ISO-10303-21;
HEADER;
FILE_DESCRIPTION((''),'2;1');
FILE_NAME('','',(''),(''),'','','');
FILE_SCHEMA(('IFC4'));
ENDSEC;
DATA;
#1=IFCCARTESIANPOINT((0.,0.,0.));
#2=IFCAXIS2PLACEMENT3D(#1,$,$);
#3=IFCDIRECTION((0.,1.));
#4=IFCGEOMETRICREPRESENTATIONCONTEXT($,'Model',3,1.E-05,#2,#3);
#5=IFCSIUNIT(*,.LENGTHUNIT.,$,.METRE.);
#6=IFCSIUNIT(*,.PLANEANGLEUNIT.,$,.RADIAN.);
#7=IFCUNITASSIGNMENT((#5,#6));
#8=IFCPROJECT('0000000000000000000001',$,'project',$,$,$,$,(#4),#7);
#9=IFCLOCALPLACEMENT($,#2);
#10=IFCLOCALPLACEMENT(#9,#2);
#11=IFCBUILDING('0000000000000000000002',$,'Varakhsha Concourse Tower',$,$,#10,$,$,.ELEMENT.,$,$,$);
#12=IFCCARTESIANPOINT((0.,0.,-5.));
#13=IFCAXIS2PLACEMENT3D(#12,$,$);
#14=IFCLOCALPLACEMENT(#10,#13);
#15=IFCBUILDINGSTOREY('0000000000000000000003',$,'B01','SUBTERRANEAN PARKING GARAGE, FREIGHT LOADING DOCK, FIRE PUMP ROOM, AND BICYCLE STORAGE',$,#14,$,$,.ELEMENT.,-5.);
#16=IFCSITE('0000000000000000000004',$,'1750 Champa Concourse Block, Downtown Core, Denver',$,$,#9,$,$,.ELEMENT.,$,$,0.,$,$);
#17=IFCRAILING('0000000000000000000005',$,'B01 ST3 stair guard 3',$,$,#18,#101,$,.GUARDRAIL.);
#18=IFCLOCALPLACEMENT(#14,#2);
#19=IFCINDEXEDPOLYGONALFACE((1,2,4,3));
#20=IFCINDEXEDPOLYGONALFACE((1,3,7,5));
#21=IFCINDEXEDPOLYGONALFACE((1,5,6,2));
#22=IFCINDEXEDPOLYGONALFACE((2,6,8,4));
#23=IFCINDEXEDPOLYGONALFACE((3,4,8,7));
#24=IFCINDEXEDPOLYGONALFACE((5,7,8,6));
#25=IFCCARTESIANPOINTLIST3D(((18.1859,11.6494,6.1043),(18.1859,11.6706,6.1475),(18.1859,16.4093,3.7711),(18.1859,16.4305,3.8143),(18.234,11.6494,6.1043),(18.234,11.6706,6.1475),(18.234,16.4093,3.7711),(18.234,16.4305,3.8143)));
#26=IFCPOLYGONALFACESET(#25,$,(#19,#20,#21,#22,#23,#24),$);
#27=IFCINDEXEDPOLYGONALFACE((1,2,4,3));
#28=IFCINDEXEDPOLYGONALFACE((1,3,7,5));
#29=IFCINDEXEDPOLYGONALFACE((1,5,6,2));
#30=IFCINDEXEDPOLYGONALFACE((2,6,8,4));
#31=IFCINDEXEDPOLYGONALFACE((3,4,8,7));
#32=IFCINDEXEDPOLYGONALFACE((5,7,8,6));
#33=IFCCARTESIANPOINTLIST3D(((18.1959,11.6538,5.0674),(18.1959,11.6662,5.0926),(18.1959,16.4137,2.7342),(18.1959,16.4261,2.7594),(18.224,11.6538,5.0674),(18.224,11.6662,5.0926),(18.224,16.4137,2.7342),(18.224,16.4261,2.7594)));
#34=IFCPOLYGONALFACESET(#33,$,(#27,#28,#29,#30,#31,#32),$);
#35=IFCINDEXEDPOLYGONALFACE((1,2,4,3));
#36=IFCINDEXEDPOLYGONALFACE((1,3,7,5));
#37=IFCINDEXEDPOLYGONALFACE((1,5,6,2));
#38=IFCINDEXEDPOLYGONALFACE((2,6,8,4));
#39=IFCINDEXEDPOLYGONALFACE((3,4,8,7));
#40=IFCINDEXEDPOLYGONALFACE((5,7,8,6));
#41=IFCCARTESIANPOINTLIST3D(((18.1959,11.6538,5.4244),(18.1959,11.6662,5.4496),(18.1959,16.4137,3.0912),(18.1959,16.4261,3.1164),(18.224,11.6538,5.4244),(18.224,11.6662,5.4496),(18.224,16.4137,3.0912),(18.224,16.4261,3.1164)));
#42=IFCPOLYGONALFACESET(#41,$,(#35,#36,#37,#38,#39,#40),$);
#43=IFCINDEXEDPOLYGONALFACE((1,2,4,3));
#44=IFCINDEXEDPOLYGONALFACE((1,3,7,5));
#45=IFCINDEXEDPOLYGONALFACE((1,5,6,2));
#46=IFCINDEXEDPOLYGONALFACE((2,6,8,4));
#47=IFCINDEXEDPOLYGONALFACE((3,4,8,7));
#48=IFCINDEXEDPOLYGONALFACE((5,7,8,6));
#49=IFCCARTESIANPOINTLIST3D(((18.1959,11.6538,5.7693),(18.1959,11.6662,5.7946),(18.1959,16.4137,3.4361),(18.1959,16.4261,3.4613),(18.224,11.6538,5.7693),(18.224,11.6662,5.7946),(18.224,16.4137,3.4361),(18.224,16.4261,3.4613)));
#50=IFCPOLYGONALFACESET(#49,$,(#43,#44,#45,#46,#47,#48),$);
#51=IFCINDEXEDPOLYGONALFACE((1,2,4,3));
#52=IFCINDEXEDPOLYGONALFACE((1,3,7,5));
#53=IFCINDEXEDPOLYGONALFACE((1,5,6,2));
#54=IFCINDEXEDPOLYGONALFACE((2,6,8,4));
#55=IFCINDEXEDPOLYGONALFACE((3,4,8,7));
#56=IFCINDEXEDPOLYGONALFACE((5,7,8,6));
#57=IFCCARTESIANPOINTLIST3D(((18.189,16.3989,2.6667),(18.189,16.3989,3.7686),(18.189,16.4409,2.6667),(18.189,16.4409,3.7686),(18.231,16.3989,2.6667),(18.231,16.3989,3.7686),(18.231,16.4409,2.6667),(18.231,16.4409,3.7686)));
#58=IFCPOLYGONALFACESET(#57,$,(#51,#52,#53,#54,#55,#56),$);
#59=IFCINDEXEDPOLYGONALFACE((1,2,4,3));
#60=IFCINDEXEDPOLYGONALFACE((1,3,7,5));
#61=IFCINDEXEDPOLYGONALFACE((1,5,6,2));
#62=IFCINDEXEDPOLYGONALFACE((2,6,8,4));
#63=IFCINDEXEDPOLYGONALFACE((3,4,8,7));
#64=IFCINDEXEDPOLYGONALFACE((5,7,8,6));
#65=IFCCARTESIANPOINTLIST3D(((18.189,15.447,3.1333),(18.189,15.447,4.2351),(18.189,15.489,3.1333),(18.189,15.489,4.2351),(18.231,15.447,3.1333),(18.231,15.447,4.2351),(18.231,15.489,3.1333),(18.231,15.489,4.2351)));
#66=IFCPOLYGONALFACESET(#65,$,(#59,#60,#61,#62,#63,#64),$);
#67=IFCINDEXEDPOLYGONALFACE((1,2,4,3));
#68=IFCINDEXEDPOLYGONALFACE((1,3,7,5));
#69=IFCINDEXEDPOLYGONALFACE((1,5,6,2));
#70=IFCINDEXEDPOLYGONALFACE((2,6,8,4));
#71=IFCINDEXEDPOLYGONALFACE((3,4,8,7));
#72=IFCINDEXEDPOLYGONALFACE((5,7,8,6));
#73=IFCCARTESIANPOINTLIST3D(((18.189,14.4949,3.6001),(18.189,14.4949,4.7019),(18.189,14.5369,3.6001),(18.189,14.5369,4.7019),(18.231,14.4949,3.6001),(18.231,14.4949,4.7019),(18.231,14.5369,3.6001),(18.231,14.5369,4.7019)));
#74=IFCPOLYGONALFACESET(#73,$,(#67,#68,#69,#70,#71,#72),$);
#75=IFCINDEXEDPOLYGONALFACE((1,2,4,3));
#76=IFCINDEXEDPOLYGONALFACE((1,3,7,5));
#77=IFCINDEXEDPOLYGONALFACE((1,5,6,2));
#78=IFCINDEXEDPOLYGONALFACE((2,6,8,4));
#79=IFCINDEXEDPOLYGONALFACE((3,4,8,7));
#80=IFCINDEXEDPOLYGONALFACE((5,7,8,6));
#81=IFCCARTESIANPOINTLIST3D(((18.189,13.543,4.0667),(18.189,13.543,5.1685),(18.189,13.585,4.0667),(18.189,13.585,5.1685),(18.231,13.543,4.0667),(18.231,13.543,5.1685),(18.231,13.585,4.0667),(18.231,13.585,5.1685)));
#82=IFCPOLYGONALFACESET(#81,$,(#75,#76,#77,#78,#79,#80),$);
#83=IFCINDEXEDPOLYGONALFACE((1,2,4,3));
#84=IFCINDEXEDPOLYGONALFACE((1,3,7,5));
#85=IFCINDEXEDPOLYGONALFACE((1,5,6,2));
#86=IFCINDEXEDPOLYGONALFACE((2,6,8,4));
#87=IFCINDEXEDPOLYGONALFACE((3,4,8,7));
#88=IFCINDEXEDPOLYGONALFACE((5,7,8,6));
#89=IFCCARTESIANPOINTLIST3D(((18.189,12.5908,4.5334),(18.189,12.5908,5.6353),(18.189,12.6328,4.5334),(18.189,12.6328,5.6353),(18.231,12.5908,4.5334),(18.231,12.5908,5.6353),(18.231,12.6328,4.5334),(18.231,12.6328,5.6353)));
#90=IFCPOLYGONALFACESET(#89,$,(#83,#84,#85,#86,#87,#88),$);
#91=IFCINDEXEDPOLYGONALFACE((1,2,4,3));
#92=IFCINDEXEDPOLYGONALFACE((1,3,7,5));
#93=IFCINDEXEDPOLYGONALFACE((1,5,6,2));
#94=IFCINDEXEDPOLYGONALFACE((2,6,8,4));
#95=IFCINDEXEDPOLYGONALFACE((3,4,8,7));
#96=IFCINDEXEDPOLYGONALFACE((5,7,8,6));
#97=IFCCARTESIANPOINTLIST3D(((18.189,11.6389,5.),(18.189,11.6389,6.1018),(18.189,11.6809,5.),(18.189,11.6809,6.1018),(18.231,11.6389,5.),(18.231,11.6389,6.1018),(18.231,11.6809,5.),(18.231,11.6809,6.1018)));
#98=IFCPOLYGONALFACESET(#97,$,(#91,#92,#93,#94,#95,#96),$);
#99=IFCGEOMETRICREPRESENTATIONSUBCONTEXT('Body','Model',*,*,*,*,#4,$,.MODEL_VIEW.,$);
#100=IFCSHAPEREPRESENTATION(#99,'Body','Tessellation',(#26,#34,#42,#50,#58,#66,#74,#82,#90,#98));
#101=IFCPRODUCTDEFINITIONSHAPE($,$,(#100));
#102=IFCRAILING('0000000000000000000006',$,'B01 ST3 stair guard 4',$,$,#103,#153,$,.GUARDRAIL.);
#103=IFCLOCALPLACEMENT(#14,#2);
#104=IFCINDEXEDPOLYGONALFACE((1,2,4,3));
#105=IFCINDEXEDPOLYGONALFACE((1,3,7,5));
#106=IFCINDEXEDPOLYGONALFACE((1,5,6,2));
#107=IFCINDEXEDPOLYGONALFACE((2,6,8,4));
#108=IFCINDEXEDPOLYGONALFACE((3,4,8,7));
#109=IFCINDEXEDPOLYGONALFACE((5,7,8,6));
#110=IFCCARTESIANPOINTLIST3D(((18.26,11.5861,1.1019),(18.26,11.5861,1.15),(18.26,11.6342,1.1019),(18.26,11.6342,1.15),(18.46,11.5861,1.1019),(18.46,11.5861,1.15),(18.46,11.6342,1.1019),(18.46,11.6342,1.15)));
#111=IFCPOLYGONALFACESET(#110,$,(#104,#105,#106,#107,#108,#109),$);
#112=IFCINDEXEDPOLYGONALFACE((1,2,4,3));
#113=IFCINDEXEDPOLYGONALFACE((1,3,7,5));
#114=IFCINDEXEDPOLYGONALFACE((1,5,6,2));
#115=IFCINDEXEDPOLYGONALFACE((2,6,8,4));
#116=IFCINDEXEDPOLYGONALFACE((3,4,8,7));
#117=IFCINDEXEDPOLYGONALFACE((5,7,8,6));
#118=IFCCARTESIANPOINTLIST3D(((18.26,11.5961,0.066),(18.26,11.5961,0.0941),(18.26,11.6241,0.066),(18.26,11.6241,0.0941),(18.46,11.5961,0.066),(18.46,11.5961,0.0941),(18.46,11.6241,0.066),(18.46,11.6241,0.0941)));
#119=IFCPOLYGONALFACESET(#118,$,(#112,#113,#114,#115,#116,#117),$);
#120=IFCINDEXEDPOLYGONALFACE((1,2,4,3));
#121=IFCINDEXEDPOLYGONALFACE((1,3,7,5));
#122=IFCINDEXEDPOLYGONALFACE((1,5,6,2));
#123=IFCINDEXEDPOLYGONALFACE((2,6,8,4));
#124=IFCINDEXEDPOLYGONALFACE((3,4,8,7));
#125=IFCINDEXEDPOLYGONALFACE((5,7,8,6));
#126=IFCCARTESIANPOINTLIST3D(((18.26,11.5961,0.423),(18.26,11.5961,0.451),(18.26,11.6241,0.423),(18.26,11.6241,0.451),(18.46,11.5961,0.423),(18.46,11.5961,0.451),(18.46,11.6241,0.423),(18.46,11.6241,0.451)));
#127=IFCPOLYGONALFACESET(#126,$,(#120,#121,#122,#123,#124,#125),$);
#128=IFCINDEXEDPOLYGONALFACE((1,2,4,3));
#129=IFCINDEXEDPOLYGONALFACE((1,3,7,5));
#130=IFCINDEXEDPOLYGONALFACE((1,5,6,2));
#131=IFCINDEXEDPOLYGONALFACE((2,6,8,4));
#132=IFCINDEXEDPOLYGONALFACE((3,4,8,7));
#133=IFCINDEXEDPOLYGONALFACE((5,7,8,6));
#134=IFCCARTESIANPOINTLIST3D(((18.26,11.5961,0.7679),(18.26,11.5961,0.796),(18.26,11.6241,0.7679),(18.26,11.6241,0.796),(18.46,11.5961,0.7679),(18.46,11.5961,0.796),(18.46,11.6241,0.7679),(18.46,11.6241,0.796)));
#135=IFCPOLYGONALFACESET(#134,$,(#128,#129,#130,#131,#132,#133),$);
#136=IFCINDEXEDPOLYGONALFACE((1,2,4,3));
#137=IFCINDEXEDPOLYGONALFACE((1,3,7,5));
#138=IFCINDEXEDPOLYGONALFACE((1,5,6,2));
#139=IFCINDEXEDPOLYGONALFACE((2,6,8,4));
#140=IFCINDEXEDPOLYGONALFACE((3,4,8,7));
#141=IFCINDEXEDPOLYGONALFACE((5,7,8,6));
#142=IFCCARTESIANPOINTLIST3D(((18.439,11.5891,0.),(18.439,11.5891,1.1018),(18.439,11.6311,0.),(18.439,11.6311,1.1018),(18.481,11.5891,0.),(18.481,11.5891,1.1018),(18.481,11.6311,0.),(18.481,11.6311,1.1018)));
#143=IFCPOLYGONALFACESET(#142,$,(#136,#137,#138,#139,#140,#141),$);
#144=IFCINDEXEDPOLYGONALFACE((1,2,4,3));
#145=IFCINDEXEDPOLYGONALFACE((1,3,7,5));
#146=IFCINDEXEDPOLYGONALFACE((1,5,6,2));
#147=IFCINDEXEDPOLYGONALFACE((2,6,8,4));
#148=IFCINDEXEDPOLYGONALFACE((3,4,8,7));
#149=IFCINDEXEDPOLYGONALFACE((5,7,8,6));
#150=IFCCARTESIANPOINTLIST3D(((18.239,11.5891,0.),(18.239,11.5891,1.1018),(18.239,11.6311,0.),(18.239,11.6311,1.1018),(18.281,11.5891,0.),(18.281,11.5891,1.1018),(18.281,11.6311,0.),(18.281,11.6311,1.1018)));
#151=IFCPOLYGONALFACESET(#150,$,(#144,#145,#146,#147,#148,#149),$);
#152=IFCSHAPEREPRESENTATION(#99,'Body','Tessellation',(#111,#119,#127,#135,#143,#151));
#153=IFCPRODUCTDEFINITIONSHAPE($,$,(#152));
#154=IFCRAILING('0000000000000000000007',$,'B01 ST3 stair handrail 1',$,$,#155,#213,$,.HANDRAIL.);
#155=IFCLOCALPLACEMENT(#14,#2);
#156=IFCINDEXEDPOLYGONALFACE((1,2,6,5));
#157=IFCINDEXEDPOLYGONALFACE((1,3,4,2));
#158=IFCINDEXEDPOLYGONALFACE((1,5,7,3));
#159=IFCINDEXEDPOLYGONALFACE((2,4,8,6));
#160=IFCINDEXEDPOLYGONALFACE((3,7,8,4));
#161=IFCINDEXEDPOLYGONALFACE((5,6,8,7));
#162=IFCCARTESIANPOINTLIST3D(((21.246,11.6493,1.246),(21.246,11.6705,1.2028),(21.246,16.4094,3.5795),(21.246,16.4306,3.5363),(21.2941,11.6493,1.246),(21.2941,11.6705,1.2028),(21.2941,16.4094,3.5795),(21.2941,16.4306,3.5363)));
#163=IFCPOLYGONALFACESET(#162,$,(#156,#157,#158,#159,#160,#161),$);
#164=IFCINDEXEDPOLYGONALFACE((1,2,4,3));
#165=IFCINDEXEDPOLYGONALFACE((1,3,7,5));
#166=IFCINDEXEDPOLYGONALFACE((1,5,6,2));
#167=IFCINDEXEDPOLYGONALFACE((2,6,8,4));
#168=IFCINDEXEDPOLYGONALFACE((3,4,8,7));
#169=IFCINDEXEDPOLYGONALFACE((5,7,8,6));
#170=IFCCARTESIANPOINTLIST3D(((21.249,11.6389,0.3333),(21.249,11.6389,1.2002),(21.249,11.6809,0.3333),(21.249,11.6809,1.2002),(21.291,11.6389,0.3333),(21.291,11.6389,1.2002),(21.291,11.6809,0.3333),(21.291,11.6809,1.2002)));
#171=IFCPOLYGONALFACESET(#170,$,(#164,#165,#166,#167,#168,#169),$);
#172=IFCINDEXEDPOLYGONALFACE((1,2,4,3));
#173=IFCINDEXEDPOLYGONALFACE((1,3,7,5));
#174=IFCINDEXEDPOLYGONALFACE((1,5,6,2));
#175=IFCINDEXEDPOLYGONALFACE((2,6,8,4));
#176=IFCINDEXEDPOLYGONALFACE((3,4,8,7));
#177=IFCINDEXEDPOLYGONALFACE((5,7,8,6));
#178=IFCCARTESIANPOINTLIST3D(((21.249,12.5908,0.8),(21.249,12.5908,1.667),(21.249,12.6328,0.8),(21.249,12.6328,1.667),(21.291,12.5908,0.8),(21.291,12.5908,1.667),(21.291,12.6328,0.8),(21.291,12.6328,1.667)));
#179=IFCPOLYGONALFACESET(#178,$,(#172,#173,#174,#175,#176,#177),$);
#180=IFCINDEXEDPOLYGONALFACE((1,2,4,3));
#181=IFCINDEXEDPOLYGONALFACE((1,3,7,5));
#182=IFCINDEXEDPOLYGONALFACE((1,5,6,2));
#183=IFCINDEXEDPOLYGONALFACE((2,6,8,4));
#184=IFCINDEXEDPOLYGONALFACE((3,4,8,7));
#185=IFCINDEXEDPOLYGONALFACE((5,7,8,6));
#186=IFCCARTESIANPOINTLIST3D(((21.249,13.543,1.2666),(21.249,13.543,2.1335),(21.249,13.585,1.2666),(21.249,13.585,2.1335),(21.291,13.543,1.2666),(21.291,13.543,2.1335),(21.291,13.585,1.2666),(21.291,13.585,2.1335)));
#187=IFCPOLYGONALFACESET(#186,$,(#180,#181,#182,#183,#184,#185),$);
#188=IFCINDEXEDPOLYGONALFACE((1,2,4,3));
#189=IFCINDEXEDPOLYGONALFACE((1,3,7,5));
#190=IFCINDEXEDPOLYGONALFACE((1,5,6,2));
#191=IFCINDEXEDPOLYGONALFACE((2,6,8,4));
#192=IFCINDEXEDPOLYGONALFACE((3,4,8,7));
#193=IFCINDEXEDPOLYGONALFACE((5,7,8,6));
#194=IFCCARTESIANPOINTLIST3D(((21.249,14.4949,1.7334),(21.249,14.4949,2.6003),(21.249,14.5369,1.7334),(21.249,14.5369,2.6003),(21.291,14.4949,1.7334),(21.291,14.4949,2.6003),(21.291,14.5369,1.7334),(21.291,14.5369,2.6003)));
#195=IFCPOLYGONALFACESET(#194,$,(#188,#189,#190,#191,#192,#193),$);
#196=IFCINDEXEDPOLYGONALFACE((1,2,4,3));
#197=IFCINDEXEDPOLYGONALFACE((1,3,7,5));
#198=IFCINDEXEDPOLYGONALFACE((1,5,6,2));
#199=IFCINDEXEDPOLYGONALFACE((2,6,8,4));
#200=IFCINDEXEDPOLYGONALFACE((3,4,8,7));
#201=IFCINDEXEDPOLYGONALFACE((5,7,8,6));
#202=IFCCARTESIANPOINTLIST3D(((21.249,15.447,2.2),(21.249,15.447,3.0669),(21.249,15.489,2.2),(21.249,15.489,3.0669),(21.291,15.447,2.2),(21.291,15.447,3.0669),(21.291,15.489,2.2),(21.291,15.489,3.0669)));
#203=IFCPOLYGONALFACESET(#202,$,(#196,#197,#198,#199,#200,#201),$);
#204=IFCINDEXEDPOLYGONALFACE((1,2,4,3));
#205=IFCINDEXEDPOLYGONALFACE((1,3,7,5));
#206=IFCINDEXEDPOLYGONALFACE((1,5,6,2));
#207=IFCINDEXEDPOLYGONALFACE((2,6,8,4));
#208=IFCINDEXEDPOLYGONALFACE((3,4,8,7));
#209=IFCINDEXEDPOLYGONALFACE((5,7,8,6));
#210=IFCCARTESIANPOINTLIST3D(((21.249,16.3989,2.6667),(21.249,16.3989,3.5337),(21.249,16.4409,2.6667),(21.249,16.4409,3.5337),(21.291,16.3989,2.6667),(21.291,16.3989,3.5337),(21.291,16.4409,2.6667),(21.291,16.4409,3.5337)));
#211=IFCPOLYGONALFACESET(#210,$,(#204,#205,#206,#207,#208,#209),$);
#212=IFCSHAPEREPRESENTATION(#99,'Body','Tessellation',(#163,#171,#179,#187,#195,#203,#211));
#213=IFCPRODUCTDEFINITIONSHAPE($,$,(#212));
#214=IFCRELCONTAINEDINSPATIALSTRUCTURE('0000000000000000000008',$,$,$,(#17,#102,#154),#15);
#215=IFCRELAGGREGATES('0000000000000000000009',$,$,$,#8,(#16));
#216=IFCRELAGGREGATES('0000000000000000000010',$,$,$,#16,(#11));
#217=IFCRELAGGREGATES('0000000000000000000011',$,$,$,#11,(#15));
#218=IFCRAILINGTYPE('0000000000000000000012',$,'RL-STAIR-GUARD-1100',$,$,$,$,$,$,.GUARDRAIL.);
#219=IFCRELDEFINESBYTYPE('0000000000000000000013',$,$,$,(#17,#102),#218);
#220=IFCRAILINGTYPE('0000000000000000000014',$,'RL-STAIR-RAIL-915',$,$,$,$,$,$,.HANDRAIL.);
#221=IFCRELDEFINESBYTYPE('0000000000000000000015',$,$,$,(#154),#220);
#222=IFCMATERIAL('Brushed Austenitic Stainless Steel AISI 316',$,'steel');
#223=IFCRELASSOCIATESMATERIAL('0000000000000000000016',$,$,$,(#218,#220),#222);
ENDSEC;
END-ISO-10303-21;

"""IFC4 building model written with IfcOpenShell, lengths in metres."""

from ifc_helpers import new_model, si_unit, direction, frame, origin, origin_2d, place, context, subcontext, project, spatial, rectangle, extrude, material, type_object, element, save


model = new_model("IFC4")

# Units and contexts
model_context = context("Model", 3, precision=1e-05, world=origin(), true_north=direction((0.0, 1.0)))
body_context = subcontext(model_context, "Body", "Model", "MODEL_VIEW")
ifc_project = project(units=[si_unit("LENGTHUNIT", "METRE"), si_unit("PLANEANGLEUNIT", "RADIAN")], contexts=[model_context])

# Site, building, storey
site_placement = place(None, origin())
site = spatial("IfcSite", under=ifc_project, at=site_placement, Name="1750 Champa Concourse Block, Downtown Core, Denver", CompositionType="ELEMENT", RefElevation=0.0)
building_placement = place(site_placement, origin())
building = spatial("IfcBuilding", under=site, at=building_placement, Name="Varakhsha Concourse Tower", CompositionType="ELEMENT")
storey_placement = place(building_placement, frame((0.0, 0.0, -5.0)))
storey = spatial("IfcBuildingStorey", under=building, at=storey_placement, Name="B01", Description="SUBTERRANEAN PARKING GARAGE, FREIGHT LOADING DOCK, FIRE PUMP ROOM, AND BICYCLE STORAGE", CompositionType="ELEMENT", Elevation=-5.0)

# Railings
ifc_material_1 = material(Name="Brushed Austenitic Stainless Steel AISI 316", Category="steel")
railing_type_1 = type_object("IfcRailingType", Name="RL-STAIR-GUARD-1100", PredefinedType="GUARDRAIL", material=ifc_material_1)
railing_1_placement = place(storey_placement, frame((18.21, 16.4199, 2.6667)))
element("IfcRailing", 1, at=railing_1_placement, inside=storey, type_object=railing_type_1, Name="B01 ST3 stair guard 3", PredefinedType="GUARDRAIL", context=body_context, shape_type="SweptSolid", body=[
    extrude(rectangle(XDim=0.0481, YDim=0.0481, at=origin_2d()), frame((0.0, 0.0, 1.126), z_axis=(0.0, -0.897927, 0.440144), x_axis=(1.0, 0.0, 0.0)), (0.0, 0.0, 1.0), 5.301),
    extrude(rectangle(XDim=0.0281, YDim=0.0281, at=origin_2d()), frame((0.0, 0.0, 0.0801), z_axis=(0.0, -0.897927, 0.440144), x_axis=(1.0, 0.0, 0.0)), (0.0, 0.0, 1.0), 5.301),
    extrude(rectangle(XDim=0.0281, YDim=0.0281, at=origin_2d()), frame((0.0, 0.0, 0.437), z_axis=(0.0, -0.897927, 0.440144), x_axis=(1.0, 0.0, 0.0)), (0.0, 0.0, 1.0), 5.301),
    extrude(rectangle(XDim=0.0281, YDim=0.0281, at=origin_2d()), frame((0.0, 0.0, 0.782), z_axis=(0.0, -0.897927, 0.440144), x_axis=(1.0, 0.0, 0.0)), (0.0, 0.0, 1.0), 5.301),
    extrude(rectangle(XDim=0.042, YDim=0.042, at=origin_2d()), origin(), (0.0, 0.0, 1.0), 1.1018),
    extrude(rectangle(XDim=0.042, YDim=0.042, at=origin_2d()), frame((0.0, -0.9519, 0.4666)), (0.0, 0.0, 1.0), 1.1018),
    extrude(rectangle(XDim=0.042, YDim=0.042, at=origin_2d()), frame((0.0, -1.9041, 0.9333)), (0.0, 0.0, 1.0), 1.1018),
    extrude(rectangle(XDim=0.042, YDim=0.042, at=origin_2d()), frame((0.0, -2.856, 1.3999)), (0.0, 0.0, 1.0), 1.1018),
    extrude(rectangle(XDim=0.042, YDim=0.042, at=origin_2d()), frame((0.0, -3.8081, 1.8667)), (0.0, 0.0, 1.0), 1.1018),
    extrude(rectangle(XDim=0.042, YDim=0.042, at=origin_2d()), frame((0.0, -4.76, 2.3333)), (0.0, 0.0, 1.0), 1.1018),
])
railing_2_placement = place(storey_placement, frame((18.46, 11.6101, 0.0)))
element("IfcRailing", 2, at=railing_2_placement, inside=storey, type_object=railing_type_1, Name="B01 ST3 stair guard 4", PredefinedType="GUARDRAIL", context=body_context, shape_type="SweptSolid", body=[
    extrude(rectangle(XDim=0.0481, YDim=0.0481, at=origin_2d()), frame((0.0, 0.0, 1.126), z_axis=(-1.0, 0.0, 0.0), x_axis=(0.0, -1.0, 0.0)), (0.0, 0.0, 1.0), 0.2),
    extrude(rectangle(XDim=0.0281, YDim=0.0281, at=origin_2d()), frame((0.0, 0.0, 0.0801), z_axis=(-1.0, 0.0, 0.0), x_axis=(0.0, -1.0, 0.0)), (0.0, 0.0, 1.0), 0.2),
    extrude(rectangle(XDim=0.0281, YDim=0.0281, at=origin_2d()), frame((0.0, 0.0, 0.437), z_axis=(-1.0, 0.0, 0.0), x_axis=(0.0, -1.0, 0.0)), (0.0, 0.0, 1.0), 0.2),
    extrude(rectangle(XDim=0.0281, YDim=0.0281, at=origin_2d()), frame((0.0, 0.0, 0.782), z_axis=(-1.0, 0.0, 0.0), x_axis=(0.0, -1.0, 0.0)), (0.0, 0.0, 1.0), 0.2),
    extrude(rectangle(XDim=0.042, YDim=0.042, at=origin_2d()), origin(), (0.0, 0.0, 1.0), 1.1018),
    extrude(rectangle(XDim=0.042, YDim=0.042, at=origin_2d()), frame((-0.2, 0.0, 0.0)), (0.0, 0.0, 1.0), 1.1018),
])
railing_type_2 = type_object("IfcRailingType", Name="RL-STAIR-RAIL-915", PredefinedType="HANDRAIL", material=ifc_material_1)
railing_3_placement = place(storey_placement, frame((21.27, 11.6599, 0.3333)))
element("IfcRailing", 3, at=railing_3_placement, inside=storey, type_object=railing_type_2, Name="B01 ST3 stair handrail 1", PredefinedType="HANDRAIL", context=body_context, shape_type="SweptSolid", body=[
    extrude(rectangle(XDim=0.0481, YDim=0.0481, at=origin_2d()), frame((0.0, 0.0, 0.8911), z_axis=(0.0, 0.897909, 0.440181), x_axis=(-1.0, 0.0, 0.0)), (0.0, 0.0, 1.0), 5.3013),
    extrude(rectangle(XDim=0.042, YDim=0.042, at=origin_2d()), origin(), (0.0, 0.0, 1.0), 0.8669),
    extrude(rectangle(XDim=0.042, YDim=0.042, at=origin_2d()), frame((0.0, 0.9519, 0.4668)), (0.0, 0.0, 1.0), 0.8669),
    extrude(rectangle(XDim=0.042, YDim=0.042, at=origin_2d()), frame((0.0, 1.9041, 0.9333)), (0.0, 0.0, 1.0), 0.8669),
    extrude(rectangle(XDim=0.042, YDim=0.042, at=origin_2d()), frame((0.0, 2.856, 1.4001)), (0.0, 0.0, 1.0), 0.8669),
    extrude(rectangle(XDim=0.042, YDim=0.042, at=origin_2d()), frame((0.0, 3.8081, 1.8667)), (0.0, 0.0, 1.0), 0.8669),
    extrude(rectangle(XDim=0.042, YDim=0.042, at=origin_2d()), frame((0.0, 4.76, 2.3335)), (0.0, 0.0, 1.0), 0.8669),
])

save(model, "model.ifc")
